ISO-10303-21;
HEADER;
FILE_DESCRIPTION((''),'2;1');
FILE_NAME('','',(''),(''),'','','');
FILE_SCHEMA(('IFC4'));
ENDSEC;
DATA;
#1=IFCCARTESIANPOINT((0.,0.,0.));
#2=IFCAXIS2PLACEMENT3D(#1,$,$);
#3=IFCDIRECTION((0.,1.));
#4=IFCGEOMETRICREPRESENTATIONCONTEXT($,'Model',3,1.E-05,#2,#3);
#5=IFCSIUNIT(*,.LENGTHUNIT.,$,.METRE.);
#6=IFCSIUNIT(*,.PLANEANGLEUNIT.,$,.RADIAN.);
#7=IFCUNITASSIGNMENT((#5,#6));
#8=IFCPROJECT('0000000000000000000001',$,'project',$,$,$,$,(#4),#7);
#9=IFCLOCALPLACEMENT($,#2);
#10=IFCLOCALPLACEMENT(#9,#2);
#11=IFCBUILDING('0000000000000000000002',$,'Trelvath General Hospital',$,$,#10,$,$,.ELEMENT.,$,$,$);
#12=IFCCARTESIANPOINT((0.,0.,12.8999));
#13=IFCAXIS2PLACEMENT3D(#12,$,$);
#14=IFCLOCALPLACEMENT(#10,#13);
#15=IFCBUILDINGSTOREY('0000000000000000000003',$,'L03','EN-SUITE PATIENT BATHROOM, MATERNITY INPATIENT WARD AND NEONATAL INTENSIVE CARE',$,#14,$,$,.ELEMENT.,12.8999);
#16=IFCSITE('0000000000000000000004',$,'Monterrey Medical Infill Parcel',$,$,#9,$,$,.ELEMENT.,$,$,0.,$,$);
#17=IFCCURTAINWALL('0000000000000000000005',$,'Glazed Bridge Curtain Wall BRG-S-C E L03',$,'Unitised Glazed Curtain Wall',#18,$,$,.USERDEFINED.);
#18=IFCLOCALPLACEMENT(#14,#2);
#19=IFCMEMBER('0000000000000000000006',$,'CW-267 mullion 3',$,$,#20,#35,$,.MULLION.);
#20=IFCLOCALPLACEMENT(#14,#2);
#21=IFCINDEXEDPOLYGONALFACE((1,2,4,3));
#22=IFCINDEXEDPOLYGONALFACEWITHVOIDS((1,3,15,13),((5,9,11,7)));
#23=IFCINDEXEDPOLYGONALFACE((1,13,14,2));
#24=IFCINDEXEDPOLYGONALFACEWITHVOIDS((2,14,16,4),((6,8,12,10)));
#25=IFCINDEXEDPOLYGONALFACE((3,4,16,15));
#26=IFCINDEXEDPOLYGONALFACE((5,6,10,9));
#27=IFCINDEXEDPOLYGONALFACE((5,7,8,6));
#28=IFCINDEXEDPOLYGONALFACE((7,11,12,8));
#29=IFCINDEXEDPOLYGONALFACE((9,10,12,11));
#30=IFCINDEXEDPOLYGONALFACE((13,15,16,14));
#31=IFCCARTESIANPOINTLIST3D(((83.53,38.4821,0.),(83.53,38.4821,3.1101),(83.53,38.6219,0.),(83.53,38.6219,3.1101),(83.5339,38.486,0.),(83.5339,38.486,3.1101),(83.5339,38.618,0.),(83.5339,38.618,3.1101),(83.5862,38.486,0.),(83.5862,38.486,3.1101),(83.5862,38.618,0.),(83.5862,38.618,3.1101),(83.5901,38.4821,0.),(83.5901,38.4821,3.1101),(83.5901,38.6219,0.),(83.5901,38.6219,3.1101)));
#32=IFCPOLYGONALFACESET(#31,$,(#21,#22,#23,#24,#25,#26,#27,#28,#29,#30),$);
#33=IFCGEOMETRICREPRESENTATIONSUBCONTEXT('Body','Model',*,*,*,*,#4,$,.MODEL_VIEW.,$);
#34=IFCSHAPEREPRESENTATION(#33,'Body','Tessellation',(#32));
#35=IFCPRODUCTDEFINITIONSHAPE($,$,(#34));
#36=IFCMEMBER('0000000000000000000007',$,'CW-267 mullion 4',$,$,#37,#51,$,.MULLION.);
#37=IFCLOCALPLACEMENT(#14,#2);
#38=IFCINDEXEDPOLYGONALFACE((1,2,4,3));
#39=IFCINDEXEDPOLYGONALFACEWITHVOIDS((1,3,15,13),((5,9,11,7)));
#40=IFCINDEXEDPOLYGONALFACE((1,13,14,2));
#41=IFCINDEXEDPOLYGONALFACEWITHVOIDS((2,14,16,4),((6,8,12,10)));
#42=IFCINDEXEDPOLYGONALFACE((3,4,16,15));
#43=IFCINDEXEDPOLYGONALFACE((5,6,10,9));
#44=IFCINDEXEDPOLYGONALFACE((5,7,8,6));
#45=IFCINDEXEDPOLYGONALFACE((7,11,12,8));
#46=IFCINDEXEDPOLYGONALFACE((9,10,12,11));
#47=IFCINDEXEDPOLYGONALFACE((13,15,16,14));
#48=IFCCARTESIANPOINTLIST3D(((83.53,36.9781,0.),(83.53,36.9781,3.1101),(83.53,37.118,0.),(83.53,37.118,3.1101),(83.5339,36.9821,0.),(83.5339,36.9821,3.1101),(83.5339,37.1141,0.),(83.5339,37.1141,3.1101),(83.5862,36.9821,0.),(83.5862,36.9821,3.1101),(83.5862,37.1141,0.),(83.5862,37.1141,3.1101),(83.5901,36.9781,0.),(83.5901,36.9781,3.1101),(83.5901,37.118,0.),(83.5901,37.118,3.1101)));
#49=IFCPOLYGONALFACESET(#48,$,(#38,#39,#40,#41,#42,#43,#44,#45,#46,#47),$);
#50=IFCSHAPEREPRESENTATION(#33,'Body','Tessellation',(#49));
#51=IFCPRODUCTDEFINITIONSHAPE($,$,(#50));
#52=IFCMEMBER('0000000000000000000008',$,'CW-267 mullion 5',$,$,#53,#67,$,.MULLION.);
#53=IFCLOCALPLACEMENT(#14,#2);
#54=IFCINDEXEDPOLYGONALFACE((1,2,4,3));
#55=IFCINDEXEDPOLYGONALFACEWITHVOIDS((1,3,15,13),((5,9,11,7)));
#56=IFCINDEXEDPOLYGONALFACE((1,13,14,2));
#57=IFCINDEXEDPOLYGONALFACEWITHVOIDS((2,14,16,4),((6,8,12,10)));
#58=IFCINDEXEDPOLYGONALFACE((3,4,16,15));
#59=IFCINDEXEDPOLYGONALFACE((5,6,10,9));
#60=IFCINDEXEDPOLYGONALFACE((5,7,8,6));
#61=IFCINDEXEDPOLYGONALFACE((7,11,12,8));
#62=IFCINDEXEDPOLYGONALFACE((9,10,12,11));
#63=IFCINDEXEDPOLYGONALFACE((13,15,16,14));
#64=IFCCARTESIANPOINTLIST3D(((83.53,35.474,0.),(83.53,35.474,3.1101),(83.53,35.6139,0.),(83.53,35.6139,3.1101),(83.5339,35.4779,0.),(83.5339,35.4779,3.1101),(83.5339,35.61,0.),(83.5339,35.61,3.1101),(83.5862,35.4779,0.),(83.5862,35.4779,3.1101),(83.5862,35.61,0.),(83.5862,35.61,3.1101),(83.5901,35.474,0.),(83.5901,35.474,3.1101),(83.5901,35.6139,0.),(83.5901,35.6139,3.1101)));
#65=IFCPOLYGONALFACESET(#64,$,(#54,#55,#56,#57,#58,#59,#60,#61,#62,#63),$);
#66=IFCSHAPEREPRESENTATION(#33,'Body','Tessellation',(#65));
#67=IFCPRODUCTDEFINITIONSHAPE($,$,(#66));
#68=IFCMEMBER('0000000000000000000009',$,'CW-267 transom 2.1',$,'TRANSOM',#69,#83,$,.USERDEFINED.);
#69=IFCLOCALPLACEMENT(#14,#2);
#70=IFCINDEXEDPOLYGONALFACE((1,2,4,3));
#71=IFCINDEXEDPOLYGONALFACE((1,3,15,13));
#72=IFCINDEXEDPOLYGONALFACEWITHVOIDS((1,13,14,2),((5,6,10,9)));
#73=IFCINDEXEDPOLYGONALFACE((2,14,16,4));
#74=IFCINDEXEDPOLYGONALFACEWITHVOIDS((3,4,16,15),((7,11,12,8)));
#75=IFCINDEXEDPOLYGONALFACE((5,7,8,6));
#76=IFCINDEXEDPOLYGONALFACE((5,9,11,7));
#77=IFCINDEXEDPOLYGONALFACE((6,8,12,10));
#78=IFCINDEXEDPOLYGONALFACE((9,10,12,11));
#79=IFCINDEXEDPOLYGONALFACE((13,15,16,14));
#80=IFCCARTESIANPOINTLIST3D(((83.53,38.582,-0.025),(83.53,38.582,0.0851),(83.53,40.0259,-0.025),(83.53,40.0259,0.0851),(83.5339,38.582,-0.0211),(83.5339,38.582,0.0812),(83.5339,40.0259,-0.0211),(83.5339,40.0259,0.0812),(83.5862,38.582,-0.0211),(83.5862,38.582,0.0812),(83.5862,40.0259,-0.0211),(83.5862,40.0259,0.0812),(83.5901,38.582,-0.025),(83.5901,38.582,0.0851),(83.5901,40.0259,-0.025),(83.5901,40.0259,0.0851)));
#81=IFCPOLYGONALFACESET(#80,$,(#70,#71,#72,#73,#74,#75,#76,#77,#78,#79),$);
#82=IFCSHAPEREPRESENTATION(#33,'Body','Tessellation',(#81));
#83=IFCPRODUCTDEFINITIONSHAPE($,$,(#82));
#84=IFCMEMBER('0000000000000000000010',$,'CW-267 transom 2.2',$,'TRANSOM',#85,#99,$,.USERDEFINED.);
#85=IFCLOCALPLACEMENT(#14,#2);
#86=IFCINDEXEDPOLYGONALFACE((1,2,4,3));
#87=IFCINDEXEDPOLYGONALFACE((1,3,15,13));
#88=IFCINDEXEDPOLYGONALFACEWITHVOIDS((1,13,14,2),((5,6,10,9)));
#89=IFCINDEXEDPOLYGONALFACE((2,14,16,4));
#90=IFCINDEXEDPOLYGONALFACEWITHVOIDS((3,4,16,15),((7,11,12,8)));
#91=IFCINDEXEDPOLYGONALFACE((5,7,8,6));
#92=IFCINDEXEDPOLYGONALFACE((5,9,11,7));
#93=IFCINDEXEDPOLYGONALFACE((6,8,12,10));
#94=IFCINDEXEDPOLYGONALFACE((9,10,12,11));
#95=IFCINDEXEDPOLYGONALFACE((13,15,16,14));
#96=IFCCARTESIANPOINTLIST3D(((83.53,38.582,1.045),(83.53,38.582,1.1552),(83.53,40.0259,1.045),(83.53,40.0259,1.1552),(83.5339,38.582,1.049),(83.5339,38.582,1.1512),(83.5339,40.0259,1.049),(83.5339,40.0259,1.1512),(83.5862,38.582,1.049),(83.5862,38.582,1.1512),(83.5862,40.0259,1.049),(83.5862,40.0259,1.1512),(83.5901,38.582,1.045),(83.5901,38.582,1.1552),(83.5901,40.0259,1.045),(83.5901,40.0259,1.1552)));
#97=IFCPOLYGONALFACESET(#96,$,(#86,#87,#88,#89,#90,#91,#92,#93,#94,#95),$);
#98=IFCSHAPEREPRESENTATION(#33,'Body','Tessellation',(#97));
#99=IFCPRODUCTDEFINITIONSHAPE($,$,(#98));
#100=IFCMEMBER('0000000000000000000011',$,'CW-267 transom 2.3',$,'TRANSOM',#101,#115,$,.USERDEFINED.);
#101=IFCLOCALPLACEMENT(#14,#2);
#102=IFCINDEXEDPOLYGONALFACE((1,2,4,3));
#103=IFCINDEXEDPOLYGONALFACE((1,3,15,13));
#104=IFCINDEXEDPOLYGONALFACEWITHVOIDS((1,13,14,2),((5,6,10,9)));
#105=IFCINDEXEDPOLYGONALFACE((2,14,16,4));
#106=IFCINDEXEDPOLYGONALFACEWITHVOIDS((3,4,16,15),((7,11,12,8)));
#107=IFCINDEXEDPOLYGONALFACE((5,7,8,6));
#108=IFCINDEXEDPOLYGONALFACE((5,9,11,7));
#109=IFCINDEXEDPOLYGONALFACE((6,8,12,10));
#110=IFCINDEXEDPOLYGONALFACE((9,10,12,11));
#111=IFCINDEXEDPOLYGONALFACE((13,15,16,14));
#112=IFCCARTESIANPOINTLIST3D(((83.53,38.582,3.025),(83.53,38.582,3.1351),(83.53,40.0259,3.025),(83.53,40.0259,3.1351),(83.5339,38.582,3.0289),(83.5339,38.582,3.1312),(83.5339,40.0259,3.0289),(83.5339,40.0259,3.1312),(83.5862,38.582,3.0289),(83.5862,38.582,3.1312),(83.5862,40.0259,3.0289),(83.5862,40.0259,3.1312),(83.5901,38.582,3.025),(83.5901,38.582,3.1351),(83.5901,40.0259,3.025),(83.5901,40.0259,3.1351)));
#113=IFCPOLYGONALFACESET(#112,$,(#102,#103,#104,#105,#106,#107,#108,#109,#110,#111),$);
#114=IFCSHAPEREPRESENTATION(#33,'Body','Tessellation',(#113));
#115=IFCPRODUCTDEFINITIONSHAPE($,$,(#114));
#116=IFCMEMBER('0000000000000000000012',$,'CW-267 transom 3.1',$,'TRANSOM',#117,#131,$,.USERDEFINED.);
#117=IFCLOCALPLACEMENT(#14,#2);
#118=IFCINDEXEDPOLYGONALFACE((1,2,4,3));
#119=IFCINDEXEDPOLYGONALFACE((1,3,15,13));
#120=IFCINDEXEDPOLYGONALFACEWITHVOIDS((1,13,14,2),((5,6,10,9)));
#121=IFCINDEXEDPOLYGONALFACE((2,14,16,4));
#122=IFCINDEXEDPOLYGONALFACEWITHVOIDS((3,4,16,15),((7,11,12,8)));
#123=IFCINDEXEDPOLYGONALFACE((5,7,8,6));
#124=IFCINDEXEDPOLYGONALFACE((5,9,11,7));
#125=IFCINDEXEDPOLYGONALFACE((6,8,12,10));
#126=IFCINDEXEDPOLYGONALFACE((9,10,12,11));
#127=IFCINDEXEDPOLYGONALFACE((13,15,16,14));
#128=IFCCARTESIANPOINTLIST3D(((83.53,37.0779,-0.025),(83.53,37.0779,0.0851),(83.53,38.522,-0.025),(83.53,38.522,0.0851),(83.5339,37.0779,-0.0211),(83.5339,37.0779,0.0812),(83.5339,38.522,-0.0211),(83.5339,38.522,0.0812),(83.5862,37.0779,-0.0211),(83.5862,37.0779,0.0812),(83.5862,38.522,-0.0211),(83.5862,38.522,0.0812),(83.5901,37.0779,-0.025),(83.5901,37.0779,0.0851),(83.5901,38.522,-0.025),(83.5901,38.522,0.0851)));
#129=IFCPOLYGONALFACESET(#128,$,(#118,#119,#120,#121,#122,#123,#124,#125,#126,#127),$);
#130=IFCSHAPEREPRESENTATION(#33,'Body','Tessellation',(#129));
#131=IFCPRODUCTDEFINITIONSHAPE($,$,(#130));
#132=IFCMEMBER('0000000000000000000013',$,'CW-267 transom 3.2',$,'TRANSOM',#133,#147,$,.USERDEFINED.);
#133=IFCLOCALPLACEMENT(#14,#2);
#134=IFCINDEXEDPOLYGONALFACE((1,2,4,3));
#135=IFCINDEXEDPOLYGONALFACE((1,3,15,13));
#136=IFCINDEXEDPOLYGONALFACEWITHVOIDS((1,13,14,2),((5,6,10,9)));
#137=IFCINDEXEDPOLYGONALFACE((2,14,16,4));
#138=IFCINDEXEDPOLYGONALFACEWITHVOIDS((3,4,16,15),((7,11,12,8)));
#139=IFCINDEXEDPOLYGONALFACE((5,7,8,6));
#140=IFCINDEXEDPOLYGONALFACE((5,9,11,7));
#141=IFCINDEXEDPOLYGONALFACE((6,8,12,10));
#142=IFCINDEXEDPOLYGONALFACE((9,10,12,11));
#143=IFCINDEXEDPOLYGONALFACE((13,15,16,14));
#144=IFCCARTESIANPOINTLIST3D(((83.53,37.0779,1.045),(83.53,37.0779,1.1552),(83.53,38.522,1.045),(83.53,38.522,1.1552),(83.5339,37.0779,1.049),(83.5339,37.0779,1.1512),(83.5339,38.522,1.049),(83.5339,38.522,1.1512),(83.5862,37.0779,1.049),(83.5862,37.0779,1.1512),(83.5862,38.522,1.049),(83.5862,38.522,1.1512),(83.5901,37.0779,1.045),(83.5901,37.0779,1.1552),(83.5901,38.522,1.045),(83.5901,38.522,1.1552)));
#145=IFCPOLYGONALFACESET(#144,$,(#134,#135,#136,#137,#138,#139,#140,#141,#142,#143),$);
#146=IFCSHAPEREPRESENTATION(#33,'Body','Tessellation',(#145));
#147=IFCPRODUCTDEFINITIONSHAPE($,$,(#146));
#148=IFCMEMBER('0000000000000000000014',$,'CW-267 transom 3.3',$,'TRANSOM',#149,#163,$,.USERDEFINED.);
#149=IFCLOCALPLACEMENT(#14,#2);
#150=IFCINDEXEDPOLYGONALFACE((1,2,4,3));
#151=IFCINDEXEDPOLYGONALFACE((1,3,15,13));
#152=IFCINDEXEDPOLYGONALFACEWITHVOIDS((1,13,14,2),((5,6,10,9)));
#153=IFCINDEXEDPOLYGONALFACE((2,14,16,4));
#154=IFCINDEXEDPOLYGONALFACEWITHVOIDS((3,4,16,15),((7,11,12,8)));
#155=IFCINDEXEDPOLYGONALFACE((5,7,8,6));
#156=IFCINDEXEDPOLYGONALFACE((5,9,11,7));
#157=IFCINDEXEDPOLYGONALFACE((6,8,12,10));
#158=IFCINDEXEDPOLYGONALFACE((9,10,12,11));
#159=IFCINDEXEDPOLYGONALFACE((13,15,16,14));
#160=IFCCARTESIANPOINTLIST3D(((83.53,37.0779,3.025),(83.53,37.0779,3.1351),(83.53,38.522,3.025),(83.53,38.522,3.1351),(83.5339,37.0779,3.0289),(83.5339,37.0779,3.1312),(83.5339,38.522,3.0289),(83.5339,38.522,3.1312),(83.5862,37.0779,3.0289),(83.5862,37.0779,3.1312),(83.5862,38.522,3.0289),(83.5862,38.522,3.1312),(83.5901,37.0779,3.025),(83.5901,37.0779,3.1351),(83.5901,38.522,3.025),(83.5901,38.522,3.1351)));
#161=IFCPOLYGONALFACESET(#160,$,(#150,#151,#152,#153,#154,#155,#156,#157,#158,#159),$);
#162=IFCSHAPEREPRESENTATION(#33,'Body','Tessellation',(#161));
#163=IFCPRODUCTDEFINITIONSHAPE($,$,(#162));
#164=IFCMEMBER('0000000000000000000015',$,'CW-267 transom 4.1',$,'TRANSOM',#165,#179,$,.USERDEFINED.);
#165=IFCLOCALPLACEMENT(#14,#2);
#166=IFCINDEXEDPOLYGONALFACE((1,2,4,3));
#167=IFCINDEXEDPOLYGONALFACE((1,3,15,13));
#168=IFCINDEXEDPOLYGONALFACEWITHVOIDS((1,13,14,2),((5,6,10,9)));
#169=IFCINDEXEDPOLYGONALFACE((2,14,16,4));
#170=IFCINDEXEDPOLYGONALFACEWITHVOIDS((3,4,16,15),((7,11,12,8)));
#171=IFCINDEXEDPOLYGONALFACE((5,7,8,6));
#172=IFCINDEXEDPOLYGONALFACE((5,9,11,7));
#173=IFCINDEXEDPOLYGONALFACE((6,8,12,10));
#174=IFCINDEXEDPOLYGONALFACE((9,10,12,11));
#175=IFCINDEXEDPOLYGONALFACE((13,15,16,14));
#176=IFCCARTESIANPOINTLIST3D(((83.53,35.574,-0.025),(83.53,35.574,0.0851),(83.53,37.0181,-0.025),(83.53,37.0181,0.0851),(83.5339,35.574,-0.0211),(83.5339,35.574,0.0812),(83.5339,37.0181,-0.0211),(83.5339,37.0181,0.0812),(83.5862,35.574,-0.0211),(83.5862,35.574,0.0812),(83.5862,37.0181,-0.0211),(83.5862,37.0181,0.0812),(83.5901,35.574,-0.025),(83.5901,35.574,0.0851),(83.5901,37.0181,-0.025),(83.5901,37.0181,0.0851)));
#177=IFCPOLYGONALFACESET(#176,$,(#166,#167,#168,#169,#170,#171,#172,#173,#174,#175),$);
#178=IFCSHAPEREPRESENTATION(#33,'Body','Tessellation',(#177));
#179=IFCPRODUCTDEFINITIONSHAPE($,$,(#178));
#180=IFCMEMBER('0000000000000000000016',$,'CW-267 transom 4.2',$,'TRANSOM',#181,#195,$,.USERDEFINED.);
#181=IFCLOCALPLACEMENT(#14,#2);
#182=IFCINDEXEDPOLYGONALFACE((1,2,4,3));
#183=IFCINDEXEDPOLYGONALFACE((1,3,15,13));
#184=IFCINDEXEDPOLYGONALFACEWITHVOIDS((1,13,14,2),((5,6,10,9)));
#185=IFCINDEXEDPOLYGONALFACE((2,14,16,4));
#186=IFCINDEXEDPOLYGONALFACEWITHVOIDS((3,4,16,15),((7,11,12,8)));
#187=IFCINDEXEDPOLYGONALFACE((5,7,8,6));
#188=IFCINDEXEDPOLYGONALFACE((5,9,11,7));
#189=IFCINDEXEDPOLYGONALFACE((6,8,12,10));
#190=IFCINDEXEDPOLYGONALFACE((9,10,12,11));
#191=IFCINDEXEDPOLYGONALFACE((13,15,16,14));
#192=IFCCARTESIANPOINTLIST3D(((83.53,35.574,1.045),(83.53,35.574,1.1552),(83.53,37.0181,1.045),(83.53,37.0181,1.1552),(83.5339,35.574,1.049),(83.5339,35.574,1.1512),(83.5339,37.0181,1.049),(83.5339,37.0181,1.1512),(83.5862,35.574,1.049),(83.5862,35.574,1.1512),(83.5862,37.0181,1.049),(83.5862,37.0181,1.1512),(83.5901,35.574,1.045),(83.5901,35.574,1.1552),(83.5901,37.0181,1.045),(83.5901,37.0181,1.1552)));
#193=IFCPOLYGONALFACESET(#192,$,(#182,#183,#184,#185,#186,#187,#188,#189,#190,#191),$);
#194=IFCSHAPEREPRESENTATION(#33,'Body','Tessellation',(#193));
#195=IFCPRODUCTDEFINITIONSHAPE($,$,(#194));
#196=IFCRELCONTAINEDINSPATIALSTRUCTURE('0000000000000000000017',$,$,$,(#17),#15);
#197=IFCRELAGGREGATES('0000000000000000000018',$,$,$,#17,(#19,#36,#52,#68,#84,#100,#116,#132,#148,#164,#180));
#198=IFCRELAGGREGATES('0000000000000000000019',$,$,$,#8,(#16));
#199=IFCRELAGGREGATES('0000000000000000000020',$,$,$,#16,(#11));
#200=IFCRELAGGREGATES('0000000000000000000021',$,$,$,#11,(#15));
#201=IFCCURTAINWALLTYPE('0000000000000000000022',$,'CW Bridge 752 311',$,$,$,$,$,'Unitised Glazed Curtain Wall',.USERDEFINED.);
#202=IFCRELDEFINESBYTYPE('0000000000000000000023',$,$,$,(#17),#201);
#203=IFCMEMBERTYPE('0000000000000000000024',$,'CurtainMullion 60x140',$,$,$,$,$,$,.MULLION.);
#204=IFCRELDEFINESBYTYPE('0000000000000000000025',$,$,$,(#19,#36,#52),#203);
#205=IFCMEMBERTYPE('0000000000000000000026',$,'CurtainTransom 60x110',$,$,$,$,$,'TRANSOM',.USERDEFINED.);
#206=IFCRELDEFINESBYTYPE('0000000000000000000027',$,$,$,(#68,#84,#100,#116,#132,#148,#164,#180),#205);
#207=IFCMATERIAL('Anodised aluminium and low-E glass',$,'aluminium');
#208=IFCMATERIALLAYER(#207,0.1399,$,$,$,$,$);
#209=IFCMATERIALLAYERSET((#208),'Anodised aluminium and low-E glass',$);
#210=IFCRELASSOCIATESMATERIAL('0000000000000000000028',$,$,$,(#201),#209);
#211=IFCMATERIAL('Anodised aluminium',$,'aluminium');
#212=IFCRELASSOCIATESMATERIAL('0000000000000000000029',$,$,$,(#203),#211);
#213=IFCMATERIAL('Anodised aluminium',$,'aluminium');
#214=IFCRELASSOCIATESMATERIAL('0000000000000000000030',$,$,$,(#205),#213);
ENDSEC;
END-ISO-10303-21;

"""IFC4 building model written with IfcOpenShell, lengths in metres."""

from ifc_helpers import new_model, si_unit, direction, frame, origin, origin_2d, place, context, subcontext, project, spatial, hollow_rectangle, extrude, material, layer, layer_set, material_profile, profile_set, type_object, element, aggregate, save


model = new_model("IFC4")

# Units and contexts
model_context = context("Model", 3, precision=1e-05, world=origin(), true_north=direction((0.0, 1.0)))
body_context = subcontext(model_context, "Body", "Model", "MODEL_VIEW")
ifc_project = project(units=[si_unit("LENGTHUNIT", "METRE"), si_unit("PLANEANGLEUNIT", "RADIAN")], contexts=[model_context])

# Site, building, storey
site_placement = place(None, origin())
site = spatial("IfcSite", under=ifc_project, at=site_placement, Name="Monterrey Medical Infill Parcel", CompositionType="ELEMENT", RefElevation=0.0)
building_placement = place(site_placement, origin())
building = spatial("IfcBuilding", under=site, at=building_placement, Name="Trelvath General Hospital", CompositionType="ELEMENT")
storey_placement = place(building_placement, frame((0.0, 0.0, 12.8999)))
storey = spatial("IfcBuildingStorey", under=building, at=storey_placement, Name="L03", Description="EN-SUITE PATIENT BATHROOM, MATERNITY INPATIENT WARD AND NEONATAL INTENSIVE CARE", CompositionType="ELEMENT", Elevation=12.8999)

# Curtain wall, members
ifc_material_1 = material(Name="Anodised aluminium and low-E glass", Category="aluminium")
ifc_layer_1 = layer(ifc_material_1, 0.1399)
ifc_layer_set_1 = layer_set([ifc_layer_1], Name="Anodised aluminium and low-E glass")
curtain_wall_type = type_object("IfcCurtainWallType", Name="CW Bridge 752 311", ElementType="Unitised Glazed Curtain Wall", PredefinedType="USERDEFINED", material=ifc_layer_set_1)
curtain_wall_placement = place(storey_placement, origin())
curtain_wall = element("IfcCurtainWall", 1, at=curtain_wall_placement, inside=storey, type_object=curtain_wall_type, Name="Glazed Bridge Curtain Wall BRG-S-C E L03", ObjectType="Unitised Glazed Curtain Wall", PredefinedType="USERDEFINED")
ifc_material_2 = material(Name="Anodised aluminium", Category="aluminium")
ifc_material_profile_1 = material_profile(ifc_material_2, hollow_rectangle(XDim=0.0601, YDim=0.1399, WallThickness=0.0039, at=origin_2d()), Name="RHS60x140x4")
ifc_profile_set_1 = profile_set([ifc_material_profile_1], Name="Anodised aluminium")
member_type_1 = type_object("IfcMemberType", Name="CurtainMullion 60x140", PredefinedType="MULLION", material=ifc_profile_set_1)
member_1_placement = place(storey_placement, frame((83.5601, 38.552, 0.0), z_axis=(0.0, 0.0, 1.0), x_axis=(1.0, 0.0, 0.0)))
member_1 = element("IfcMember", 2, at=member_1_placement, type_object=member_type_1, Name="CW-267 mullion 3", PredefinedType="MULLION", context=body_context, shape_type="SweptSolid", body=[
    extrude(hollow_rectangle(XDim=0.0601, YDim=0.1399, WallThickness=0.0039, at=origin_2d()), origin(), (0.0, 0.0, 1.0), 3.1101),
])
member_2_placement = place(storey_placement, frame((83.5601, 37.0481, 0.0), z_axis=(0.0, 0.0, 1.0), x_axis=(1.0, 0.0, 0.0)))
member_2 = element("IfcMember", 3, at=member_2_placement, type_object=member_type_1, Name="CW-267 mullion 4", PredefinedType="MULLION", context=body_context, shape_type="SweptSolid", body=[
    extrude(hollow_rectangle(XDim=0.0601, YDim=0.1399, WallThickness=0.0039, at=origin_2d()), origin(), (0.0, 0.0, 1.0), 3.1101),
])
member_3_placement = place(storey_placement, frame((83.5601, 35.5439, 0.0), z_axis=(0.0, 0.0, 1.0), x_axis=(1.0, 0.0, 0.0)))
member_3 = element("IfcMember", 4, at=member_3_placement, type_object=member_type_1, Name="CW-267 mullion 5", PredefinedType="MULLION", context=body_context, shape_type="SweptSolid", body=[
    extrude(hollow_rectangle(XDim=0.0601, YDim=0.1399, WallThickness=0.0039, at=origin_2d()), origin(), (0.0, 0.0, 1.0), 3.1101),
])
ifc_material_3 = material(Name="Anodised aluminium", Category="aluminium")
ifc_material_profile_2 = material_profile(ifc_material_3, hollow_rectangle(XDim=0.0601, YDim=0.1101, WallThickness=0.0039, at=origin_2d()), Name="RHS60x110x4")
ifc_profile_set_2 = profile_set([ifc_material_profile_2], Name="Anodised aluminium")
member_type_2 = type_object("IfcMemberType", Name="CurtainTransom 60x110", ElementType="TRANSOM", PredefinedType="USERDEFINED", material=ifc_profile_set_2)
member_4_placement = place(storey_placement, frame((83.5601, 40.0259, 0.03), z_axis=(0.0, -1.0, 0.0), x_axis=(1.0, 0.0, 0.0)))
member_4 = element("IfcMember", 5, at=member_4_placement, type_object=member_type_2, Name="CW-267 transom 2.1", ObjectType="TRANSOM", PredefinedType="USERDEFINED", context=body_context, shape_type="SweptSolid", body=[
    extrude(hollow_rectangle(XDim=0.0601, YDim=0.1101, WallThickness=0.0039, at=origin_2d()), origin(), (0.0, 0.0, 1.0), 1.4438),
])
member_5_placement = place(storey_placement, frame((83.5601, 40.0259, 1.1001), z_axis=(0.0, -1.0, 0.0), x_axis=(1.0, 0.0, 0.0)))
member_5 = element("IfcMember", 6, at=member_5_placement, type_object=member_type_2, Name="CW-267 transom 2.2", ObjectType="TRANSOM", PredefinedType="USERDEFINED", context=body_context, shape_type="SweptSolid", body=[
    extrude(hollow_rectangle(XDim=0.0601, YDim=0.1101, WallThickness=0.0039, at=origin_2d()), origin(), (0.0, 0.0, 1.0), 1.4438),
])
member_6_placement = place(storey_placement, frame((83.5601, 40.0259, 3.0801), z_axis=(0.0, -1.0, 0.0), x_axis=(1.0, 0.0, 0.0)))
member_6 = element("IfcMember", 7, at=member_6_placement, type_object=member_type_2, Name="CW-267 transom 2.3", ObjectType="TRANSOM", PredefinedType="USERDEFINED", context=body_context, shape_type="SweptSolid", body=[
    extrude(hollow_rectangle(XDim=0.0601, YDim=0.1101, WallThickness=0.0039, at=origin_2d()), origin(), (0.0, 0.0, 1.0), 1.4438),
])
member_7_placement = place(storey_placement, frame((83.5601, 38.522, 0.03), z_axis=(0.0, -1.0, 0.0), x_axis=(1.0, 0.0, 0.0)))
member_7 = element("IfcMember", 8, at=member_7_placement, type_object=member_type_2, Name="CW-267 transom 3.1", ObjectType="TRANSOM", PredefinedType="USERDEFINED", context=body_context, shape_type="SweptSolid", body=[
    extrude(hollow_rectangle(XDim=0.0601, YDim=0.1101, WallThickness=0.0039, at=origin_2d()), origin(), (0.0, 0.0, 1.0), 1.4441),
])
member_8_placement = place(storey_placement, frame((83.5601, 38.522, 1.1001), z_axis=(0.0, -1.0, 0.0), x_axis=(1.0, 0.0, 0.0)))
member_8 = element("IfcMember", 9, at=member_8_placement, type_object=member_type_2, Name="CW-267 transom 3.2", ObjectType="TRANSOM", PredefinedType="USERDEFINED", context=body_context, shape_type="SweptSolid", body=[
    extrude(hollow_rectangle(XDim=0.0601, YDim=0.1101, WallThickness=0.0039, at=origin_2d()), origin(), (0.0, 0.0, 1.0), 1.4441),
])
member_9_placement = place(storey_placement, frame((83.5601, 38.522, 3.0801), z_axis=(0.0, -1.0, 0.0), x_axis=(1.0, 0.0, 0.0)))
member_9 = element("IfcMember", 10, at=member_9_placement, type_object=member_type_2, Name="CW-267 transom 3.3", ObjectType="TRANSOM", PredefinedType="USERDEFINED", context=body_context, shape_type="SweptSolid", body=[
    extrude(hollow_rectangle(XDim=0.0601, YDim=0.1101, WallThickness=0.0039, at=origin_2d()), origin(), (0.0, 0.0, 1.0), 1.4441),
])
member_10_placement = place(storey_placement, frame((83.5601, 37.0181, 0.03), z_axis=(0.0, -1.0, 0.0), x_axis=(1.0, 0.0, 0.0)))
member_10 = element("IfcMember", 11, at=member_10_placement, type_object=member_type_2, Name="CW-267 transom 4.1", ObjectType="TRANSOM", PredefinedType="USERDEFINED", context=body_context, shape_type="SweptSolid", body=[
    extrude(hollow_rectangle(XDim=0.0601, YDim=0.1101, WallThickness=0.0039, at=origin_2d()), origin(), (0.0, 0.0, 1.0), 1.4441),
])
member_11_placement = place(storey_placement, frame((83.5601, 37.0181, 1.1001), z_axis=(0.0, -1.0, 0.0), x_axis=(1.0, 0.0, 0.0)))
member_11 = element("IfcMember", 12, at=member_11_placement, type_object=member_type_2, Name="CW-267 transom 4.2", ObjectType="TRANSOM", PredefinedType="USERDEFINED", context=body_context, shape_type="SweptSolid", body=[
    extrude(hollow_rectangle(XDim=0.0601, YDim=0.1101, WallThickness=0.0039, at=origin_2d()), origin(), (0.0, 0.0, 1.0), 1.4441),
])
aggregate(curtain_wall, [member_1, member_2, member_3, member_4, member_5, member_6, member_7, member_8, member_9, member_10, member_11])

save(model, "model.ifc")
